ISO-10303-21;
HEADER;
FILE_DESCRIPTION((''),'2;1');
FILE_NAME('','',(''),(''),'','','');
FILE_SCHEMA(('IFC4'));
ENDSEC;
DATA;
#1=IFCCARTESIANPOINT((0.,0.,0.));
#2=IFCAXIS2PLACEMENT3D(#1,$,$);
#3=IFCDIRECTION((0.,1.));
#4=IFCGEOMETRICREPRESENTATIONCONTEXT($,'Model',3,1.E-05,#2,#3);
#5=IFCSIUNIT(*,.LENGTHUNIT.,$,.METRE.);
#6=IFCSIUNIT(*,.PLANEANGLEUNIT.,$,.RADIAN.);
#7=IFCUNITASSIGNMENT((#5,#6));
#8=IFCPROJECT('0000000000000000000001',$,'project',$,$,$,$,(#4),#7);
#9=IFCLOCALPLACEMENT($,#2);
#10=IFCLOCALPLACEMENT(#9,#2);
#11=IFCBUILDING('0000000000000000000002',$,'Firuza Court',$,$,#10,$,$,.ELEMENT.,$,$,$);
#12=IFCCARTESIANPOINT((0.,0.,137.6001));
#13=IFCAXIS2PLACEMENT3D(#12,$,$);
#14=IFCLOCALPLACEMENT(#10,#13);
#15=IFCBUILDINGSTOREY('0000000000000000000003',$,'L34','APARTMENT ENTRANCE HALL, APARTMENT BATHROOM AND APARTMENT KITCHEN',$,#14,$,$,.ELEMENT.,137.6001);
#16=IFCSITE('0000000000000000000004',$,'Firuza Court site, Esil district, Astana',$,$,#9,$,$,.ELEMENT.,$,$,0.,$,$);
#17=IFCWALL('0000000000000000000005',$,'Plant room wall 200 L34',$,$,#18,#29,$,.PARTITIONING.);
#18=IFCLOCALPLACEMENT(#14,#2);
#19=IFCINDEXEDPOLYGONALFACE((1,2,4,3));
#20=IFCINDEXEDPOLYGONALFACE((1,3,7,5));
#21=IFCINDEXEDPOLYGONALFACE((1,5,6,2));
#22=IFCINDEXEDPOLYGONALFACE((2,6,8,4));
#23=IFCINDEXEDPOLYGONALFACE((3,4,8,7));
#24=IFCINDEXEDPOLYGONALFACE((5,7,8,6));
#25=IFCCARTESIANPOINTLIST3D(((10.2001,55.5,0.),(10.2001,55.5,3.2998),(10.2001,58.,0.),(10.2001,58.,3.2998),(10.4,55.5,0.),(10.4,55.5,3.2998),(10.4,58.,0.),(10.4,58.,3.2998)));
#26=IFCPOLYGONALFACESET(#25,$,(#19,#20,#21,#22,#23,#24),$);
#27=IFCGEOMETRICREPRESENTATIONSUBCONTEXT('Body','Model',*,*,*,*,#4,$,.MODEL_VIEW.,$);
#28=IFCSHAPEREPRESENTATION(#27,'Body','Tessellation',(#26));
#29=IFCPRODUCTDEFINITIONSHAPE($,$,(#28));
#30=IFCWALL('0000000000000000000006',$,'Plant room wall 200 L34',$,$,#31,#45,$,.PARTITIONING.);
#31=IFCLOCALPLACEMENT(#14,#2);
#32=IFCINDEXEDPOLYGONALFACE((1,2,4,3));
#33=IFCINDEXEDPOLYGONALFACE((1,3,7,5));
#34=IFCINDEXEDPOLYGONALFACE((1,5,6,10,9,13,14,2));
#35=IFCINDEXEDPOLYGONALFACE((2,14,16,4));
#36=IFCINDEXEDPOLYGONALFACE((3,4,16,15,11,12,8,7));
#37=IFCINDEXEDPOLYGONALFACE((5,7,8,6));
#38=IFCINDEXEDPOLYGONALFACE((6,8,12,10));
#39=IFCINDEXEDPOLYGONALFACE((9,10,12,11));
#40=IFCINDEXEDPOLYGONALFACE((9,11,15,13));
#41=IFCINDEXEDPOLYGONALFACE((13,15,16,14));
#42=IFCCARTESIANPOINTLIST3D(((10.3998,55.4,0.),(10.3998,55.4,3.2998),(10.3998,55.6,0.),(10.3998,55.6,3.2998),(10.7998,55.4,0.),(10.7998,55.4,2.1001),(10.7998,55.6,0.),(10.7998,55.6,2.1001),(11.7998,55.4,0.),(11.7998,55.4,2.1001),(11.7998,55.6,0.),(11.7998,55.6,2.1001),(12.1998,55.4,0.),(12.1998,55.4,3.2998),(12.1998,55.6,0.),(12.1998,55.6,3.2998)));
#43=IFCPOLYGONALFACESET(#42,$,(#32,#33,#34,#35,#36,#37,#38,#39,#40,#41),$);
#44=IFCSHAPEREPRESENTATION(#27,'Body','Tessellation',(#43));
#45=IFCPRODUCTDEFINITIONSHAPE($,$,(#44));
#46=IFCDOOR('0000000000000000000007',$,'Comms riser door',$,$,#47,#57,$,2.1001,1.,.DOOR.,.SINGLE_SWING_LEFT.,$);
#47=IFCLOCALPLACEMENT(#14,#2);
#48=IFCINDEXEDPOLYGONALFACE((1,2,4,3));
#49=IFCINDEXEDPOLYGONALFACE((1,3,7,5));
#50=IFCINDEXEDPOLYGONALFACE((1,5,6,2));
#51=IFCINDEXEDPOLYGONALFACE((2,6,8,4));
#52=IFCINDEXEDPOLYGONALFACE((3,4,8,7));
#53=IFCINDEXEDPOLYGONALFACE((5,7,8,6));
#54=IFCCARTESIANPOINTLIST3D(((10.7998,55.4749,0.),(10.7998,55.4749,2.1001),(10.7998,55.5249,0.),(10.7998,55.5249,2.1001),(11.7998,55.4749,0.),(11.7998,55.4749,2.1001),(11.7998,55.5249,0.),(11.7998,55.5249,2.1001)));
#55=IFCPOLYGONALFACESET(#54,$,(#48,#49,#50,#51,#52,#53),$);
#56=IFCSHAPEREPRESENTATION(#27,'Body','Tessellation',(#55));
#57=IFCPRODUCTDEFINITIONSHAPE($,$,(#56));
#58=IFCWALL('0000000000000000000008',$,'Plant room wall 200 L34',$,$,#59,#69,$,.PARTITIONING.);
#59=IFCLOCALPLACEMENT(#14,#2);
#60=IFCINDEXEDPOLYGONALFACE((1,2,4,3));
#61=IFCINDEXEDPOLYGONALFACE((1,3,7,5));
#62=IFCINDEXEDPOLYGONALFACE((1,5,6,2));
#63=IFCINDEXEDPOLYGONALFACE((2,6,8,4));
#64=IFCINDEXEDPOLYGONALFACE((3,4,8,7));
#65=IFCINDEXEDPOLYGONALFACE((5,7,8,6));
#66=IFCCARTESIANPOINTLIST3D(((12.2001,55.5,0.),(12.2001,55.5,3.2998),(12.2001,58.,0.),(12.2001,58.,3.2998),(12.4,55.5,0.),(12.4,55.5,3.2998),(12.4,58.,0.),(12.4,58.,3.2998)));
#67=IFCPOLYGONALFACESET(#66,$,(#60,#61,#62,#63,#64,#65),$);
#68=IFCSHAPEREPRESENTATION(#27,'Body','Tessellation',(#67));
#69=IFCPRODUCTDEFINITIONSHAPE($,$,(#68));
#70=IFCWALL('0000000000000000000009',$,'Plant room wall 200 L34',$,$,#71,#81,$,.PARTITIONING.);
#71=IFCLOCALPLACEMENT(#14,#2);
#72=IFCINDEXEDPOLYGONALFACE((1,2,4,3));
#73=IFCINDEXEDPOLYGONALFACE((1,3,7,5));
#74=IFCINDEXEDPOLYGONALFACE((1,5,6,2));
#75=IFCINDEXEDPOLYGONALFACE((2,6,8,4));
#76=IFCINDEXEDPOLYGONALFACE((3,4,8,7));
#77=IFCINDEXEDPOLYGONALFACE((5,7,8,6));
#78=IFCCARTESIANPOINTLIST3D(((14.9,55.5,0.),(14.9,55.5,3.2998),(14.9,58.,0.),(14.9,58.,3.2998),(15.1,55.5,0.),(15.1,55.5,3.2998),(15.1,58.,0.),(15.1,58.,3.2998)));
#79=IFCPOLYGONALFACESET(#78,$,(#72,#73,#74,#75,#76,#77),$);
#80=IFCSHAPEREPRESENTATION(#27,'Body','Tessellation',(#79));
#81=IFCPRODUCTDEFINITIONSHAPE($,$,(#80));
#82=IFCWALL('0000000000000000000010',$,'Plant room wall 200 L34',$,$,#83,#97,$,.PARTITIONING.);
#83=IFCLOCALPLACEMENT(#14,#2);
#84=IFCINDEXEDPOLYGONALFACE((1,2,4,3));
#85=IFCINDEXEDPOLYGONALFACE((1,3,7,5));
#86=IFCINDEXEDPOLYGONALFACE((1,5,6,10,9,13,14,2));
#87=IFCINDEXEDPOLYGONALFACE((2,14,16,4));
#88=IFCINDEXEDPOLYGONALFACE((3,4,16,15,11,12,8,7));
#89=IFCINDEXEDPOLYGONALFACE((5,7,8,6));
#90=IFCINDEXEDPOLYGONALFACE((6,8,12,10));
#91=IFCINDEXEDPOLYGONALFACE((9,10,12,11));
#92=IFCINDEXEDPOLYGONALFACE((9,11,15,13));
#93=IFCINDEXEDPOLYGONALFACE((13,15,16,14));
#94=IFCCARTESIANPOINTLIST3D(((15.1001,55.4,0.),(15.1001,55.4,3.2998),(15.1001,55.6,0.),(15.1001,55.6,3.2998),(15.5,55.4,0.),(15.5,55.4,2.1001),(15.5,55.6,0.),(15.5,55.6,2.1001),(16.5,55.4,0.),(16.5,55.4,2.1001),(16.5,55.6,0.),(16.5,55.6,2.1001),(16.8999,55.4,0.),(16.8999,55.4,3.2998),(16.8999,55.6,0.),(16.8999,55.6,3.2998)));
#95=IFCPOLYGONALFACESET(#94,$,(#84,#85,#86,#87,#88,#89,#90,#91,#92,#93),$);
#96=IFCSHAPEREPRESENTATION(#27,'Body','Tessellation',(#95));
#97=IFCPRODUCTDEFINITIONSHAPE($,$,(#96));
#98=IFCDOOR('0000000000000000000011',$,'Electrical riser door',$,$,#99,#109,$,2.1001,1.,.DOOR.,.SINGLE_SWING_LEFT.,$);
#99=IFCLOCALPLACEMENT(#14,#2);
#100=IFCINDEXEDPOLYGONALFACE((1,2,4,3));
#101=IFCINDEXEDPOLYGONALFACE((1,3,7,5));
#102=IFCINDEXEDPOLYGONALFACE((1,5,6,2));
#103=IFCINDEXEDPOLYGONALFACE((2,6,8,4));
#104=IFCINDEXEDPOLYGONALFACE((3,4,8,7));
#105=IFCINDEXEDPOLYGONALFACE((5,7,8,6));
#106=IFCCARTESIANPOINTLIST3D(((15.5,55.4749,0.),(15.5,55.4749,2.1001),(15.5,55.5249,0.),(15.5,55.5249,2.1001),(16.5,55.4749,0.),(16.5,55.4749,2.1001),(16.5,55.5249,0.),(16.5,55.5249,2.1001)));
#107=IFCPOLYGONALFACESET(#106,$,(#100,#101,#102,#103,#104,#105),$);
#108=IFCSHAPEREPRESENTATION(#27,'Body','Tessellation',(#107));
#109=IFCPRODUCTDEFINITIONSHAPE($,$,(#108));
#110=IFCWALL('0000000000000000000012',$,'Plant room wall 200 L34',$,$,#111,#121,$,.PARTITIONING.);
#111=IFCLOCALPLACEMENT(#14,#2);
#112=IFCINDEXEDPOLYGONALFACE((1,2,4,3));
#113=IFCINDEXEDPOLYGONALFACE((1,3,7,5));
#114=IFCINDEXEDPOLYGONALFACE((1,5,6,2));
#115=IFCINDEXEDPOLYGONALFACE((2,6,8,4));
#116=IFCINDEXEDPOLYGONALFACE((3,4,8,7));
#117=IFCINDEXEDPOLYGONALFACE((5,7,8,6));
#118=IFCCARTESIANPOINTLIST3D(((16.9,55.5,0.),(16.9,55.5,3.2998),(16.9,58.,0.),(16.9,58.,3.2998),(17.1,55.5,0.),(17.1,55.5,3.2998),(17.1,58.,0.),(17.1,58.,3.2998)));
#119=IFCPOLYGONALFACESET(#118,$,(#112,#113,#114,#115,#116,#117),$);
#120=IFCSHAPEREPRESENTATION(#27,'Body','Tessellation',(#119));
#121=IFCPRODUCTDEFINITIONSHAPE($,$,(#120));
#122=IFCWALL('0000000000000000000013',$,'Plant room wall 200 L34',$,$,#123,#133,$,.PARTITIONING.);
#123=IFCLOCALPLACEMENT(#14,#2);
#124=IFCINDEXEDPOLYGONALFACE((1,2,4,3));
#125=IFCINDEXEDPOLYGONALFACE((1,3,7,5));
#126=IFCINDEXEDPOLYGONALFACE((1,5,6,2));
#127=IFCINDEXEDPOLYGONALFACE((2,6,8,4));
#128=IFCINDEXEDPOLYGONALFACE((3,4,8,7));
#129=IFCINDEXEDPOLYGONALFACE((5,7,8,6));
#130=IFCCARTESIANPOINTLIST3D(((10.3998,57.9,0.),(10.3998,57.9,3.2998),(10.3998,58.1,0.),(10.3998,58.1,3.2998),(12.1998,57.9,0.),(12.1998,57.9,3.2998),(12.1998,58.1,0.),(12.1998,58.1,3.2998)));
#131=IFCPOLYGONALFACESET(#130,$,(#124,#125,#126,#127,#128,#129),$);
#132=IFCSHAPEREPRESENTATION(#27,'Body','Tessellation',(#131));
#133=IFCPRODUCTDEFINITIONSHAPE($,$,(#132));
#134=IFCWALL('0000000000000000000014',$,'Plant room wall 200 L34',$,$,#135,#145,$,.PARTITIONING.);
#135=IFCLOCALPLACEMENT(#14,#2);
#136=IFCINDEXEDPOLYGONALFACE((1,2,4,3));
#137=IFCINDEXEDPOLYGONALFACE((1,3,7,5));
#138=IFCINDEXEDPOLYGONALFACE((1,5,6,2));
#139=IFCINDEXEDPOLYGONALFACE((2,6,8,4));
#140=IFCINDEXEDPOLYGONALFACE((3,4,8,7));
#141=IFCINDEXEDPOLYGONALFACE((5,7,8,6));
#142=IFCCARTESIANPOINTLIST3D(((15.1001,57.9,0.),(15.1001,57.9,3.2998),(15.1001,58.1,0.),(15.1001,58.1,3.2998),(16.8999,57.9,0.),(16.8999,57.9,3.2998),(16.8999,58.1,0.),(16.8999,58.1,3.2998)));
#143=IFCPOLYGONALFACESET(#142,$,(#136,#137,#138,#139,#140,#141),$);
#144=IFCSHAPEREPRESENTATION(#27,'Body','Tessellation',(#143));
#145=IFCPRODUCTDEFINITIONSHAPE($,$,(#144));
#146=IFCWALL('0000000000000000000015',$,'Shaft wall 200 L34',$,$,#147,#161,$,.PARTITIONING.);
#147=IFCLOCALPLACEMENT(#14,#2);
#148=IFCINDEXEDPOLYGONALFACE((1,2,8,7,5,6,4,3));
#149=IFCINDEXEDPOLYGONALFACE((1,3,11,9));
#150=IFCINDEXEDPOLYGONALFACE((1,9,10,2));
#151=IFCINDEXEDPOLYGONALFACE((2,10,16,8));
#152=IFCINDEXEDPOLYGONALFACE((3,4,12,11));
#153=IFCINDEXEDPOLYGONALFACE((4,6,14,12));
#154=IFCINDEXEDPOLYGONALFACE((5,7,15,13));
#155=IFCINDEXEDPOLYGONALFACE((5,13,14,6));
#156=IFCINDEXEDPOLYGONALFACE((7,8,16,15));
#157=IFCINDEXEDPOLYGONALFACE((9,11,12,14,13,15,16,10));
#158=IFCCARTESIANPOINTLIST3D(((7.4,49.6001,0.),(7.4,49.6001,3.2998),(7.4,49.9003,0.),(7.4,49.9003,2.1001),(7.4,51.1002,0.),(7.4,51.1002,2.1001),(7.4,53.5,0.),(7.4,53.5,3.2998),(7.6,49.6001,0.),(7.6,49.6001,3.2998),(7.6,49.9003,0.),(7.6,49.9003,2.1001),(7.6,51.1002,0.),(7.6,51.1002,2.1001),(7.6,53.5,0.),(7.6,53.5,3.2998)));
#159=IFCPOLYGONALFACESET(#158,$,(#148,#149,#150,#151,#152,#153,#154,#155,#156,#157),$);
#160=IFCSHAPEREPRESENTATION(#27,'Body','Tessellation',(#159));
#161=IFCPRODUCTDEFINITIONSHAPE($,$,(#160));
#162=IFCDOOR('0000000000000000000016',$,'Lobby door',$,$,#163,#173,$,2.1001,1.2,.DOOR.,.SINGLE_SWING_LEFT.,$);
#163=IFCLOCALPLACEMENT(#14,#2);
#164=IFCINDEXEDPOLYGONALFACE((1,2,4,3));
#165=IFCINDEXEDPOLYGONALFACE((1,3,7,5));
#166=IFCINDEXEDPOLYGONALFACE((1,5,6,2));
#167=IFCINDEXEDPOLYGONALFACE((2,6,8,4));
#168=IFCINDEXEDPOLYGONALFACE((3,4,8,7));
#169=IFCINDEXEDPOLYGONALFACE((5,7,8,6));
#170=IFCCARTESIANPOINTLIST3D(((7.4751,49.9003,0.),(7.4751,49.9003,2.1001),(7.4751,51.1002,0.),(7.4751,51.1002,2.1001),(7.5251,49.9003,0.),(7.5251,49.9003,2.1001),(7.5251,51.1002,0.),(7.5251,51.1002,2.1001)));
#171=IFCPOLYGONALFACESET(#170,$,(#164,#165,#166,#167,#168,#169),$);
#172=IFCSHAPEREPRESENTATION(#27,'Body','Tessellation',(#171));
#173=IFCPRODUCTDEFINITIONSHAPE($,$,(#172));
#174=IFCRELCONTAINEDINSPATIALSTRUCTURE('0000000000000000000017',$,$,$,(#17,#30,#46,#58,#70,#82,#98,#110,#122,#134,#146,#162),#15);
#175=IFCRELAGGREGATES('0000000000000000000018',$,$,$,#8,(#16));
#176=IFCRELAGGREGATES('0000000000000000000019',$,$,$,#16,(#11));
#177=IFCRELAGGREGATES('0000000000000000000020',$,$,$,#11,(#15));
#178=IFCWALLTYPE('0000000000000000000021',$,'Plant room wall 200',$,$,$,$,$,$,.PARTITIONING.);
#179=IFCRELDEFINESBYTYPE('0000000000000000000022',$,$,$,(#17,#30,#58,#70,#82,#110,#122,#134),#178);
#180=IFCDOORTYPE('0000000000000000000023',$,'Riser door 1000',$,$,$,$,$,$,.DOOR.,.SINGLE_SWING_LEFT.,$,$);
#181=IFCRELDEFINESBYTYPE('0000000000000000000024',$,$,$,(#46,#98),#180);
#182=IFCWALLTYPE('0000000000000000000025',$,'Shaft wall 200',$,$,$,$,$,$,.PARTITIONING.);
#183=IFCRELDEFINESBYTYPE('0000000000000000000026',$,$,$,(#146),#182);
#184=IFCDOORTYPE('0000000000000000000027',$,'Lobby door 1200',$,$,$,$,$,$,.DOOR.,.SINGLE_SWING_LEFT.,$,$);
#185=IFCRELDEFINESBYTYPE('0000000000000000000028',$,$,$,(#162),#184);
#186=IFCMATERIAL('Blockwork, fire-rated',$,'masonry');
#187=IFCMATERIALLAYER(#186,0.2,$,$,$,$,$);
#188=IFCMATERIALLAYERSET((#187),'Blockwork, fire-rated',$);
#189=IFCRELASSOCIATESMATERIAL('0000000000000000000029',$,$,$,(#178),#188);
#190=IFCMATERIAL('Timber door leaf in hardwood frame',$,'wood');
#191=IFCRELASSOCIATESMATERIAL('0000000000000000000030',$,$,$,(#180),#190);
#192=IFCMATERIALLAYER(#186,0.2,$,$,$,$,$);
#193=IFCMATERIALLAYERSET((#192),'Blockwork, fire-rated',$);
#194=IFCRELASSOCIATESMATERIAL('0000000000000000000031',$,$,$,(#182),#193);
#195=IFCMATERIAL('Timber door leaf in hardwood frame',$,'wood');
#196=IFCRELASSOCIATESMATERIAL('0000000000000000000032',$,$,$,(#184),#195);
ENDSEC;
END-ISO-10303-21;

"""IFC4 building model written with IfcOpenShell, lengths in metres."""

from ifc_helpers import new_model, si_unit, direction, frame, frame_2d, origin, place, context, subcontext, project, spatial, rectangle, extrude, material, layer, layer_set, type_object, element, fill, save


model = new_model("IFC4")

# Units and contexts
model_context = context("Model", 3, precision=1e-05, world=origin(), true_north=direction((0.0, 1.0)))
body_context = subcontext(model_context, "Body", "Model", "MODEL_VIEW")
ifc_project = project(units=[si_unit("LENGTHUNIT", "METRE"), si_unit("PLANEANGLEUNIT", "RADIAN")], contexts=[model_context])

# Site, building, storey
site_placement = place(None, origin())
site = spatial("IfcSite", under=ifc_project, at=site_placement, Name="Firuza Court site, Esil district, Astana", CompositionType="ELEMENT", RefElevation=0.0)
building_placement = place(site_placement, origin())
building = spatial("IfcBuilding", under=site, at=building_placement, Name="Firuza Court", CompositionType="ELEMENT")
storey_placement = place(building_placement, frame((0.0, 0.0, 137.6001)))
storey = spatial("IfcBuildingStorey", under=building, at=storey_placement, Name="L34", Description="APARTMENT ENTRANCE HALL, APARTMENT BATHROOM AND APARTMENT KITCHEN", CompositionType="ELEMENT", Elevation=137.6001)

# Wall
ifc_material_1 = material(Name="Blockwork, fire-rated", Category="masonry")
ifc_layer_1 = layer(ifc_material_1, 0.2)
ifc_layer_set_1 = layer_set([ifc_layer_1], Name="Blockwork, fire-rated")
wall_type_1 = type_object("IfcWallType", Name="Plant room wall 200", PredefinedType="PARTITIONING", material=ifc_layer_set_1)
wall_1_placement = place(storey_placement, frame((10.3, 55.5, 0.0), z_axis=(0.0, 0.0, 1.0), x_axis=(0.0, 1.0, 0.0)))
element("IfcWall", 1, at=wall_1_placement, inside=storey, type_object=wall_type_1, Name="Plant room wall 200 L34", PredefinedType="PARTITIONING", context=body_context, shape_type="SweptSolid", body=[
    extrude(rectangle(XDim=2.5, YDim=0.2, at=frame_2d((1.25, 0.0))), origin(), (0.0, 0.0, 1.0), 3.2998),
])

# Wall, opening, door
wall_2_placement = place(storey_placement, frame((10.3999, 55.5, 0.0), z_axis=(0.0, 0.0, 1.0), x_axis=(1.0, 0.0, 0.0)))
wall_2 = element("IfcWall", 2, at=wall_2_placement, inside=storey, type_object=wall_type_1, Name="Plant room wall 200 L34", PredefinedType="PARTITIONING", context=body_context, shape_type="SweptSolid", body=[
    extrude(rectangle(XDim=1.8, YDim=0.2, at=frame_2d((0.8999, 0.0))), origin(), (0.0, 0.0, 1.0), 3.2998),
])
opening_1_placement = place(wall_2_placement, frame((0.3999, 0.0, 0.0)))
opening_1 = element("IfcOpeningElement", 3, at=opening_1_placement, cuts=wall_2, PredefinedType="OPENING", context=body_context, shape_type="SweptSolid", body=[
    extrude(rectangle(XDim=1.0, YDim=2.1001, at=frame_2d((0.5, 1.05))), frame((0.0, 0.1118, 0.0), z_axis=(0.0, -1.0, 0.0), x_axis=(1.0, 0.0, 0.0)), (0.0, 0.0, 1.0), 0.2239),
])
ifc_material_2 = material(Name="Timber door leaf in hardwood frame", Category="wood")
door_type_1 = type_object("IfcDoorType", Name="Riser door 1000", OperationType="SINGLE_SWING_LEFT", PredefinedType="DOOR", material=ifc_material_2)
door_1_placement = place(opening_1_placement, origin())
door_1 = element("IfcDoor", 4, at=door_1_placement, inside=storey, type_object=door_type_1, Name="Comms riser door", OperationType="SINGLE_SWING_LEFT", OverallHeight=2.1001, OverallWidth=1.0, PredefinedType="DOOR", context=body_context, shape_type="SweptSolid", body=[
    extrude(rectangle(XDim=1.0, YDim=2.1001, at=frame_2d((0.5, 1.05))), frame((0.0, 0.0249, 0.0), z_axis=(0.0, -1.0, 0.0), x_axis=(1.0, 0.0, 0.0)), (0.0, 0.0, 1.0), 0.05),
])
fill(opening_1, door_1)

# Walls
for number, where, z_axis, x_axis, name in (
    (5, (12.3, 55.5, 0.0), (0.0, 0.0, 1.0), (0.0, 1.0, 0.0), "Plant room wall 200 L34"),
    (6, (15.0, 55.5, 0.0), (0.0, 0.0, 1.0), (0.0, 1.0, 0.0), "Plant room wall 200 L34"),
):
    element("IfcWall", number, at=place(storey_placement, frame(where, z_axis=z_axis, x_axis=x_axis)), inside=storey, type_object=wall_type_1, Name=name, PredefinedType="PARTITIONING", context=body_context, shape_type="SweptSolid", body=[
        extrude(rectangle(XDim=2.5, YDim=0.2, at=frame_2d((1.25, 0.0))), origin(), (0.0, 0.0, 1.0), 3.2998),
    ])

# Wall, opening, door
wall_3_placement = place(storey_placement, frame((15.1001, 55.5, 0.0), z_axis=(0.0, 0.0, 1.0), x_axis=(1.0, 0.0, 0.0)))
wall_3 = element("IfcWall", 7, at=wall_3_placement, inside=storey, type_object=wall_type_1, Name="Plant room wall 200 L34", PredefinedType="PARTITIONING", context=body_context, shape_type="SweptSolid", body=[
    extrude(rectangle(XDim=1.7998, YDim=0.2, at=frame_2d((0.8999, 0.0))), origin(), (0.0, 0.0, 1.0), 3.2998),
])
opening_2_placement = place(wall_3_placement, frame((0.3999, 0.0, 0.0)))
opening_2 = element("IfcOpeningElement", 8, at=opening_2_placement, cuts=wall_3, PredefinedType="OPENING", context=body_context, shape_type="SweptSolid", body=[
    extrude(rectangle(XDim=1.0, YDim=2.1001, at=frame_2d((0.5, 1.05))), frame((0.0, 0.1118, 0.0), z_axis=(0.0, -1.0, 0.0), x_axis=(1.0, 0.0, 0.0)), (0.0, 0.0, 1.0), 0.2239),
])
door_2_placement = place(opening_2_placement, origin())
door_2 = element("IfcDoor", 9, at=door_2_placement, inside=storey, type_object=door_type_1, Name="Electrical riser door", OperationType="SINGLE_SWING_LEFT", OverallHeight=2.1001, OverallWidth=1.0, PredefinedType="DOOR", context=body_context, shape_type="SweptSolid", body=[
    extrude(rectangle(XDim=1.0, YDim=2.1001, at=frame_2d((0.5, 1.05))), frame((0.0, 0.0249, 0.0), z_axis=(0.0, -1.0, 0.0), x_axis=(1.0, 0.0, 0.0)), (0.0, 0.0, 1.0), 0.05),
])
fill(opening_2, door_2)

# Walls
wall_4_placement = place(storey_placement, frame((17.0, 55.5, 0.0), z_axis=(0.0, 0.0, 1.0), x_axis=(0.0, 1.0, 0.0)))
element("IfcWall", 10, at=wall_4_placement, inside=storey, type_object=wall_type_1, Name="Plant room wall 200 L34", PredefinedType="PARTITIONING", context=body_context, shape_type="SweptSolid", body=[
    extrude(rectangle(XDim=2.5, YDim=0.2, at=frame_2d((1.25, 0.0))), origin(), (0.0, 0.0, 1.0), 3.2998),
])
wall_5_placement = place(storey_placement, frame((10.3999, 58.0, 0.0), z_axis=(0.0, 0.0, 1.0), x_axis=(1.0, 0.0, 0.0)))
element("IfcWall", 11, at=wall_5_placement, inside=storey, type_object=wall_type_1, Name="Plant room wall 200 L34", PredefinedType="PARTITIONING", context=body_context, shape_type="SweptSolid", body=[
    extrude(rectangle(XDim=1.8, YDim=0.2, at=frame_2d((0.8999, 0.0))), origin(), (0.0, 0.0, 1.0), 3.2998),
])
wall_6_placement = place(storey_placement, frame((15.1001, 58.0, 0.0), z_axis=(0.0, 0.0, 1.0), x_axis=(1.0, 0.0, 0.0)))
element("IfcWall", 12, at=wall_6_placement, inside=storey, type_object=wall_type_1, Name="Plant room wall 200 L34", PredefinedType="PARTITIONING", context=body_context, shape_type="SweptSolid", body=[
    extrude(rectangle(XDim=1.7998, YDim=0.2, at=frame_2d((0.8999, 0.0))), origin(), (0.0, 0.0, 1.0), 3.2998),
])

# Wall, opening, door
ifc_layer_2 = layer(ifc_material_1, 0.2)
ifc_layer_set_2 = layer_set([ifc_layer_2], Name="Blockwork, fire-rated")
wall_type_2 = type_object("IfcWallType", Name="Shaft wall 200", PredefinedType="PARTITIONING", material=ifc_layer_set_2)
wall_7_placement = place(storey_placement, frame((7.5, 49.6001, 0.0), z_axis=(0.0, 0.0, 1.0), x_axis=(0.0, 1.0, 0.0)))
wall_7 = element("IfcWall", 13, at=wall_7_placement, inside=storey, type_object=wall_type_2, Name="Shaft wall 200 L34", PredefinedType="PARTITIONING", context=body_context, shape_type="SweptSolid", body=[
    extrude(rectangle(XDim=3.8999, YDim=0.2, at=frame_2d((1.95, 0.0))), origin(), (0.0, 0.0, 1.0), 3.2998),
])
opening_3_placement = place(wall_7_placement, frame((0.3, 0.0, 0.0)))
opening_3 = element("IfcOpeningElement", 14, at=opening_3_placement, cuts=wall_7, PredefinedType="OPENING", context=body_context, shape_type="SweptSolid", body=[
    extrude(rectangle(XDim=1.2, YDim=2.1001, at=frame_2d((0.6001, 1.05))), frame((0.0, 0.1118, 0.0), z_axis=(0.0, -1.0, 0.0), x_axis=(1.0, 0.0, 0.0)), (0.0, 0.0, 1.0), 0.2239),
])
ifc_material_3 = material(Name="Timber door leaf in hardwood frame", Category="wood")
door_type_2 = type_object("IfcDoorType", Name="Lobby door 1200", OperationType="SINGLE_SWING_LEFT", PredefinedType="DOOR", material=ifc_material_3)
door_3_placement = place(opening_3_placement, origin())
door_3 = element("IfcDoor", 15, at=door_3_placement, inside=storey, type_object=door_type_2, Name="Lobby door", OperationType="SINGLE_SWING_LEFT", OverallHeight=2.1001, OverallWidth=1.2, PredefinedType="DOOR", context=body_context, shape_type="SweptSolid", body=[
    extrude(rectangle(XDim=1.2, YDim=2.1001, at=frame_2d((0.6001, 1.05))), frame((0.0, 0.0249, 0.0), z_axis=(0.0, -1.0, 0.0), x_axis=(1.0, 0.0, 0.0)), (0.0, 0.0, 1.0), 0.05),
])
fill(opening_3, door_3)

save(model, "model.ifc")
